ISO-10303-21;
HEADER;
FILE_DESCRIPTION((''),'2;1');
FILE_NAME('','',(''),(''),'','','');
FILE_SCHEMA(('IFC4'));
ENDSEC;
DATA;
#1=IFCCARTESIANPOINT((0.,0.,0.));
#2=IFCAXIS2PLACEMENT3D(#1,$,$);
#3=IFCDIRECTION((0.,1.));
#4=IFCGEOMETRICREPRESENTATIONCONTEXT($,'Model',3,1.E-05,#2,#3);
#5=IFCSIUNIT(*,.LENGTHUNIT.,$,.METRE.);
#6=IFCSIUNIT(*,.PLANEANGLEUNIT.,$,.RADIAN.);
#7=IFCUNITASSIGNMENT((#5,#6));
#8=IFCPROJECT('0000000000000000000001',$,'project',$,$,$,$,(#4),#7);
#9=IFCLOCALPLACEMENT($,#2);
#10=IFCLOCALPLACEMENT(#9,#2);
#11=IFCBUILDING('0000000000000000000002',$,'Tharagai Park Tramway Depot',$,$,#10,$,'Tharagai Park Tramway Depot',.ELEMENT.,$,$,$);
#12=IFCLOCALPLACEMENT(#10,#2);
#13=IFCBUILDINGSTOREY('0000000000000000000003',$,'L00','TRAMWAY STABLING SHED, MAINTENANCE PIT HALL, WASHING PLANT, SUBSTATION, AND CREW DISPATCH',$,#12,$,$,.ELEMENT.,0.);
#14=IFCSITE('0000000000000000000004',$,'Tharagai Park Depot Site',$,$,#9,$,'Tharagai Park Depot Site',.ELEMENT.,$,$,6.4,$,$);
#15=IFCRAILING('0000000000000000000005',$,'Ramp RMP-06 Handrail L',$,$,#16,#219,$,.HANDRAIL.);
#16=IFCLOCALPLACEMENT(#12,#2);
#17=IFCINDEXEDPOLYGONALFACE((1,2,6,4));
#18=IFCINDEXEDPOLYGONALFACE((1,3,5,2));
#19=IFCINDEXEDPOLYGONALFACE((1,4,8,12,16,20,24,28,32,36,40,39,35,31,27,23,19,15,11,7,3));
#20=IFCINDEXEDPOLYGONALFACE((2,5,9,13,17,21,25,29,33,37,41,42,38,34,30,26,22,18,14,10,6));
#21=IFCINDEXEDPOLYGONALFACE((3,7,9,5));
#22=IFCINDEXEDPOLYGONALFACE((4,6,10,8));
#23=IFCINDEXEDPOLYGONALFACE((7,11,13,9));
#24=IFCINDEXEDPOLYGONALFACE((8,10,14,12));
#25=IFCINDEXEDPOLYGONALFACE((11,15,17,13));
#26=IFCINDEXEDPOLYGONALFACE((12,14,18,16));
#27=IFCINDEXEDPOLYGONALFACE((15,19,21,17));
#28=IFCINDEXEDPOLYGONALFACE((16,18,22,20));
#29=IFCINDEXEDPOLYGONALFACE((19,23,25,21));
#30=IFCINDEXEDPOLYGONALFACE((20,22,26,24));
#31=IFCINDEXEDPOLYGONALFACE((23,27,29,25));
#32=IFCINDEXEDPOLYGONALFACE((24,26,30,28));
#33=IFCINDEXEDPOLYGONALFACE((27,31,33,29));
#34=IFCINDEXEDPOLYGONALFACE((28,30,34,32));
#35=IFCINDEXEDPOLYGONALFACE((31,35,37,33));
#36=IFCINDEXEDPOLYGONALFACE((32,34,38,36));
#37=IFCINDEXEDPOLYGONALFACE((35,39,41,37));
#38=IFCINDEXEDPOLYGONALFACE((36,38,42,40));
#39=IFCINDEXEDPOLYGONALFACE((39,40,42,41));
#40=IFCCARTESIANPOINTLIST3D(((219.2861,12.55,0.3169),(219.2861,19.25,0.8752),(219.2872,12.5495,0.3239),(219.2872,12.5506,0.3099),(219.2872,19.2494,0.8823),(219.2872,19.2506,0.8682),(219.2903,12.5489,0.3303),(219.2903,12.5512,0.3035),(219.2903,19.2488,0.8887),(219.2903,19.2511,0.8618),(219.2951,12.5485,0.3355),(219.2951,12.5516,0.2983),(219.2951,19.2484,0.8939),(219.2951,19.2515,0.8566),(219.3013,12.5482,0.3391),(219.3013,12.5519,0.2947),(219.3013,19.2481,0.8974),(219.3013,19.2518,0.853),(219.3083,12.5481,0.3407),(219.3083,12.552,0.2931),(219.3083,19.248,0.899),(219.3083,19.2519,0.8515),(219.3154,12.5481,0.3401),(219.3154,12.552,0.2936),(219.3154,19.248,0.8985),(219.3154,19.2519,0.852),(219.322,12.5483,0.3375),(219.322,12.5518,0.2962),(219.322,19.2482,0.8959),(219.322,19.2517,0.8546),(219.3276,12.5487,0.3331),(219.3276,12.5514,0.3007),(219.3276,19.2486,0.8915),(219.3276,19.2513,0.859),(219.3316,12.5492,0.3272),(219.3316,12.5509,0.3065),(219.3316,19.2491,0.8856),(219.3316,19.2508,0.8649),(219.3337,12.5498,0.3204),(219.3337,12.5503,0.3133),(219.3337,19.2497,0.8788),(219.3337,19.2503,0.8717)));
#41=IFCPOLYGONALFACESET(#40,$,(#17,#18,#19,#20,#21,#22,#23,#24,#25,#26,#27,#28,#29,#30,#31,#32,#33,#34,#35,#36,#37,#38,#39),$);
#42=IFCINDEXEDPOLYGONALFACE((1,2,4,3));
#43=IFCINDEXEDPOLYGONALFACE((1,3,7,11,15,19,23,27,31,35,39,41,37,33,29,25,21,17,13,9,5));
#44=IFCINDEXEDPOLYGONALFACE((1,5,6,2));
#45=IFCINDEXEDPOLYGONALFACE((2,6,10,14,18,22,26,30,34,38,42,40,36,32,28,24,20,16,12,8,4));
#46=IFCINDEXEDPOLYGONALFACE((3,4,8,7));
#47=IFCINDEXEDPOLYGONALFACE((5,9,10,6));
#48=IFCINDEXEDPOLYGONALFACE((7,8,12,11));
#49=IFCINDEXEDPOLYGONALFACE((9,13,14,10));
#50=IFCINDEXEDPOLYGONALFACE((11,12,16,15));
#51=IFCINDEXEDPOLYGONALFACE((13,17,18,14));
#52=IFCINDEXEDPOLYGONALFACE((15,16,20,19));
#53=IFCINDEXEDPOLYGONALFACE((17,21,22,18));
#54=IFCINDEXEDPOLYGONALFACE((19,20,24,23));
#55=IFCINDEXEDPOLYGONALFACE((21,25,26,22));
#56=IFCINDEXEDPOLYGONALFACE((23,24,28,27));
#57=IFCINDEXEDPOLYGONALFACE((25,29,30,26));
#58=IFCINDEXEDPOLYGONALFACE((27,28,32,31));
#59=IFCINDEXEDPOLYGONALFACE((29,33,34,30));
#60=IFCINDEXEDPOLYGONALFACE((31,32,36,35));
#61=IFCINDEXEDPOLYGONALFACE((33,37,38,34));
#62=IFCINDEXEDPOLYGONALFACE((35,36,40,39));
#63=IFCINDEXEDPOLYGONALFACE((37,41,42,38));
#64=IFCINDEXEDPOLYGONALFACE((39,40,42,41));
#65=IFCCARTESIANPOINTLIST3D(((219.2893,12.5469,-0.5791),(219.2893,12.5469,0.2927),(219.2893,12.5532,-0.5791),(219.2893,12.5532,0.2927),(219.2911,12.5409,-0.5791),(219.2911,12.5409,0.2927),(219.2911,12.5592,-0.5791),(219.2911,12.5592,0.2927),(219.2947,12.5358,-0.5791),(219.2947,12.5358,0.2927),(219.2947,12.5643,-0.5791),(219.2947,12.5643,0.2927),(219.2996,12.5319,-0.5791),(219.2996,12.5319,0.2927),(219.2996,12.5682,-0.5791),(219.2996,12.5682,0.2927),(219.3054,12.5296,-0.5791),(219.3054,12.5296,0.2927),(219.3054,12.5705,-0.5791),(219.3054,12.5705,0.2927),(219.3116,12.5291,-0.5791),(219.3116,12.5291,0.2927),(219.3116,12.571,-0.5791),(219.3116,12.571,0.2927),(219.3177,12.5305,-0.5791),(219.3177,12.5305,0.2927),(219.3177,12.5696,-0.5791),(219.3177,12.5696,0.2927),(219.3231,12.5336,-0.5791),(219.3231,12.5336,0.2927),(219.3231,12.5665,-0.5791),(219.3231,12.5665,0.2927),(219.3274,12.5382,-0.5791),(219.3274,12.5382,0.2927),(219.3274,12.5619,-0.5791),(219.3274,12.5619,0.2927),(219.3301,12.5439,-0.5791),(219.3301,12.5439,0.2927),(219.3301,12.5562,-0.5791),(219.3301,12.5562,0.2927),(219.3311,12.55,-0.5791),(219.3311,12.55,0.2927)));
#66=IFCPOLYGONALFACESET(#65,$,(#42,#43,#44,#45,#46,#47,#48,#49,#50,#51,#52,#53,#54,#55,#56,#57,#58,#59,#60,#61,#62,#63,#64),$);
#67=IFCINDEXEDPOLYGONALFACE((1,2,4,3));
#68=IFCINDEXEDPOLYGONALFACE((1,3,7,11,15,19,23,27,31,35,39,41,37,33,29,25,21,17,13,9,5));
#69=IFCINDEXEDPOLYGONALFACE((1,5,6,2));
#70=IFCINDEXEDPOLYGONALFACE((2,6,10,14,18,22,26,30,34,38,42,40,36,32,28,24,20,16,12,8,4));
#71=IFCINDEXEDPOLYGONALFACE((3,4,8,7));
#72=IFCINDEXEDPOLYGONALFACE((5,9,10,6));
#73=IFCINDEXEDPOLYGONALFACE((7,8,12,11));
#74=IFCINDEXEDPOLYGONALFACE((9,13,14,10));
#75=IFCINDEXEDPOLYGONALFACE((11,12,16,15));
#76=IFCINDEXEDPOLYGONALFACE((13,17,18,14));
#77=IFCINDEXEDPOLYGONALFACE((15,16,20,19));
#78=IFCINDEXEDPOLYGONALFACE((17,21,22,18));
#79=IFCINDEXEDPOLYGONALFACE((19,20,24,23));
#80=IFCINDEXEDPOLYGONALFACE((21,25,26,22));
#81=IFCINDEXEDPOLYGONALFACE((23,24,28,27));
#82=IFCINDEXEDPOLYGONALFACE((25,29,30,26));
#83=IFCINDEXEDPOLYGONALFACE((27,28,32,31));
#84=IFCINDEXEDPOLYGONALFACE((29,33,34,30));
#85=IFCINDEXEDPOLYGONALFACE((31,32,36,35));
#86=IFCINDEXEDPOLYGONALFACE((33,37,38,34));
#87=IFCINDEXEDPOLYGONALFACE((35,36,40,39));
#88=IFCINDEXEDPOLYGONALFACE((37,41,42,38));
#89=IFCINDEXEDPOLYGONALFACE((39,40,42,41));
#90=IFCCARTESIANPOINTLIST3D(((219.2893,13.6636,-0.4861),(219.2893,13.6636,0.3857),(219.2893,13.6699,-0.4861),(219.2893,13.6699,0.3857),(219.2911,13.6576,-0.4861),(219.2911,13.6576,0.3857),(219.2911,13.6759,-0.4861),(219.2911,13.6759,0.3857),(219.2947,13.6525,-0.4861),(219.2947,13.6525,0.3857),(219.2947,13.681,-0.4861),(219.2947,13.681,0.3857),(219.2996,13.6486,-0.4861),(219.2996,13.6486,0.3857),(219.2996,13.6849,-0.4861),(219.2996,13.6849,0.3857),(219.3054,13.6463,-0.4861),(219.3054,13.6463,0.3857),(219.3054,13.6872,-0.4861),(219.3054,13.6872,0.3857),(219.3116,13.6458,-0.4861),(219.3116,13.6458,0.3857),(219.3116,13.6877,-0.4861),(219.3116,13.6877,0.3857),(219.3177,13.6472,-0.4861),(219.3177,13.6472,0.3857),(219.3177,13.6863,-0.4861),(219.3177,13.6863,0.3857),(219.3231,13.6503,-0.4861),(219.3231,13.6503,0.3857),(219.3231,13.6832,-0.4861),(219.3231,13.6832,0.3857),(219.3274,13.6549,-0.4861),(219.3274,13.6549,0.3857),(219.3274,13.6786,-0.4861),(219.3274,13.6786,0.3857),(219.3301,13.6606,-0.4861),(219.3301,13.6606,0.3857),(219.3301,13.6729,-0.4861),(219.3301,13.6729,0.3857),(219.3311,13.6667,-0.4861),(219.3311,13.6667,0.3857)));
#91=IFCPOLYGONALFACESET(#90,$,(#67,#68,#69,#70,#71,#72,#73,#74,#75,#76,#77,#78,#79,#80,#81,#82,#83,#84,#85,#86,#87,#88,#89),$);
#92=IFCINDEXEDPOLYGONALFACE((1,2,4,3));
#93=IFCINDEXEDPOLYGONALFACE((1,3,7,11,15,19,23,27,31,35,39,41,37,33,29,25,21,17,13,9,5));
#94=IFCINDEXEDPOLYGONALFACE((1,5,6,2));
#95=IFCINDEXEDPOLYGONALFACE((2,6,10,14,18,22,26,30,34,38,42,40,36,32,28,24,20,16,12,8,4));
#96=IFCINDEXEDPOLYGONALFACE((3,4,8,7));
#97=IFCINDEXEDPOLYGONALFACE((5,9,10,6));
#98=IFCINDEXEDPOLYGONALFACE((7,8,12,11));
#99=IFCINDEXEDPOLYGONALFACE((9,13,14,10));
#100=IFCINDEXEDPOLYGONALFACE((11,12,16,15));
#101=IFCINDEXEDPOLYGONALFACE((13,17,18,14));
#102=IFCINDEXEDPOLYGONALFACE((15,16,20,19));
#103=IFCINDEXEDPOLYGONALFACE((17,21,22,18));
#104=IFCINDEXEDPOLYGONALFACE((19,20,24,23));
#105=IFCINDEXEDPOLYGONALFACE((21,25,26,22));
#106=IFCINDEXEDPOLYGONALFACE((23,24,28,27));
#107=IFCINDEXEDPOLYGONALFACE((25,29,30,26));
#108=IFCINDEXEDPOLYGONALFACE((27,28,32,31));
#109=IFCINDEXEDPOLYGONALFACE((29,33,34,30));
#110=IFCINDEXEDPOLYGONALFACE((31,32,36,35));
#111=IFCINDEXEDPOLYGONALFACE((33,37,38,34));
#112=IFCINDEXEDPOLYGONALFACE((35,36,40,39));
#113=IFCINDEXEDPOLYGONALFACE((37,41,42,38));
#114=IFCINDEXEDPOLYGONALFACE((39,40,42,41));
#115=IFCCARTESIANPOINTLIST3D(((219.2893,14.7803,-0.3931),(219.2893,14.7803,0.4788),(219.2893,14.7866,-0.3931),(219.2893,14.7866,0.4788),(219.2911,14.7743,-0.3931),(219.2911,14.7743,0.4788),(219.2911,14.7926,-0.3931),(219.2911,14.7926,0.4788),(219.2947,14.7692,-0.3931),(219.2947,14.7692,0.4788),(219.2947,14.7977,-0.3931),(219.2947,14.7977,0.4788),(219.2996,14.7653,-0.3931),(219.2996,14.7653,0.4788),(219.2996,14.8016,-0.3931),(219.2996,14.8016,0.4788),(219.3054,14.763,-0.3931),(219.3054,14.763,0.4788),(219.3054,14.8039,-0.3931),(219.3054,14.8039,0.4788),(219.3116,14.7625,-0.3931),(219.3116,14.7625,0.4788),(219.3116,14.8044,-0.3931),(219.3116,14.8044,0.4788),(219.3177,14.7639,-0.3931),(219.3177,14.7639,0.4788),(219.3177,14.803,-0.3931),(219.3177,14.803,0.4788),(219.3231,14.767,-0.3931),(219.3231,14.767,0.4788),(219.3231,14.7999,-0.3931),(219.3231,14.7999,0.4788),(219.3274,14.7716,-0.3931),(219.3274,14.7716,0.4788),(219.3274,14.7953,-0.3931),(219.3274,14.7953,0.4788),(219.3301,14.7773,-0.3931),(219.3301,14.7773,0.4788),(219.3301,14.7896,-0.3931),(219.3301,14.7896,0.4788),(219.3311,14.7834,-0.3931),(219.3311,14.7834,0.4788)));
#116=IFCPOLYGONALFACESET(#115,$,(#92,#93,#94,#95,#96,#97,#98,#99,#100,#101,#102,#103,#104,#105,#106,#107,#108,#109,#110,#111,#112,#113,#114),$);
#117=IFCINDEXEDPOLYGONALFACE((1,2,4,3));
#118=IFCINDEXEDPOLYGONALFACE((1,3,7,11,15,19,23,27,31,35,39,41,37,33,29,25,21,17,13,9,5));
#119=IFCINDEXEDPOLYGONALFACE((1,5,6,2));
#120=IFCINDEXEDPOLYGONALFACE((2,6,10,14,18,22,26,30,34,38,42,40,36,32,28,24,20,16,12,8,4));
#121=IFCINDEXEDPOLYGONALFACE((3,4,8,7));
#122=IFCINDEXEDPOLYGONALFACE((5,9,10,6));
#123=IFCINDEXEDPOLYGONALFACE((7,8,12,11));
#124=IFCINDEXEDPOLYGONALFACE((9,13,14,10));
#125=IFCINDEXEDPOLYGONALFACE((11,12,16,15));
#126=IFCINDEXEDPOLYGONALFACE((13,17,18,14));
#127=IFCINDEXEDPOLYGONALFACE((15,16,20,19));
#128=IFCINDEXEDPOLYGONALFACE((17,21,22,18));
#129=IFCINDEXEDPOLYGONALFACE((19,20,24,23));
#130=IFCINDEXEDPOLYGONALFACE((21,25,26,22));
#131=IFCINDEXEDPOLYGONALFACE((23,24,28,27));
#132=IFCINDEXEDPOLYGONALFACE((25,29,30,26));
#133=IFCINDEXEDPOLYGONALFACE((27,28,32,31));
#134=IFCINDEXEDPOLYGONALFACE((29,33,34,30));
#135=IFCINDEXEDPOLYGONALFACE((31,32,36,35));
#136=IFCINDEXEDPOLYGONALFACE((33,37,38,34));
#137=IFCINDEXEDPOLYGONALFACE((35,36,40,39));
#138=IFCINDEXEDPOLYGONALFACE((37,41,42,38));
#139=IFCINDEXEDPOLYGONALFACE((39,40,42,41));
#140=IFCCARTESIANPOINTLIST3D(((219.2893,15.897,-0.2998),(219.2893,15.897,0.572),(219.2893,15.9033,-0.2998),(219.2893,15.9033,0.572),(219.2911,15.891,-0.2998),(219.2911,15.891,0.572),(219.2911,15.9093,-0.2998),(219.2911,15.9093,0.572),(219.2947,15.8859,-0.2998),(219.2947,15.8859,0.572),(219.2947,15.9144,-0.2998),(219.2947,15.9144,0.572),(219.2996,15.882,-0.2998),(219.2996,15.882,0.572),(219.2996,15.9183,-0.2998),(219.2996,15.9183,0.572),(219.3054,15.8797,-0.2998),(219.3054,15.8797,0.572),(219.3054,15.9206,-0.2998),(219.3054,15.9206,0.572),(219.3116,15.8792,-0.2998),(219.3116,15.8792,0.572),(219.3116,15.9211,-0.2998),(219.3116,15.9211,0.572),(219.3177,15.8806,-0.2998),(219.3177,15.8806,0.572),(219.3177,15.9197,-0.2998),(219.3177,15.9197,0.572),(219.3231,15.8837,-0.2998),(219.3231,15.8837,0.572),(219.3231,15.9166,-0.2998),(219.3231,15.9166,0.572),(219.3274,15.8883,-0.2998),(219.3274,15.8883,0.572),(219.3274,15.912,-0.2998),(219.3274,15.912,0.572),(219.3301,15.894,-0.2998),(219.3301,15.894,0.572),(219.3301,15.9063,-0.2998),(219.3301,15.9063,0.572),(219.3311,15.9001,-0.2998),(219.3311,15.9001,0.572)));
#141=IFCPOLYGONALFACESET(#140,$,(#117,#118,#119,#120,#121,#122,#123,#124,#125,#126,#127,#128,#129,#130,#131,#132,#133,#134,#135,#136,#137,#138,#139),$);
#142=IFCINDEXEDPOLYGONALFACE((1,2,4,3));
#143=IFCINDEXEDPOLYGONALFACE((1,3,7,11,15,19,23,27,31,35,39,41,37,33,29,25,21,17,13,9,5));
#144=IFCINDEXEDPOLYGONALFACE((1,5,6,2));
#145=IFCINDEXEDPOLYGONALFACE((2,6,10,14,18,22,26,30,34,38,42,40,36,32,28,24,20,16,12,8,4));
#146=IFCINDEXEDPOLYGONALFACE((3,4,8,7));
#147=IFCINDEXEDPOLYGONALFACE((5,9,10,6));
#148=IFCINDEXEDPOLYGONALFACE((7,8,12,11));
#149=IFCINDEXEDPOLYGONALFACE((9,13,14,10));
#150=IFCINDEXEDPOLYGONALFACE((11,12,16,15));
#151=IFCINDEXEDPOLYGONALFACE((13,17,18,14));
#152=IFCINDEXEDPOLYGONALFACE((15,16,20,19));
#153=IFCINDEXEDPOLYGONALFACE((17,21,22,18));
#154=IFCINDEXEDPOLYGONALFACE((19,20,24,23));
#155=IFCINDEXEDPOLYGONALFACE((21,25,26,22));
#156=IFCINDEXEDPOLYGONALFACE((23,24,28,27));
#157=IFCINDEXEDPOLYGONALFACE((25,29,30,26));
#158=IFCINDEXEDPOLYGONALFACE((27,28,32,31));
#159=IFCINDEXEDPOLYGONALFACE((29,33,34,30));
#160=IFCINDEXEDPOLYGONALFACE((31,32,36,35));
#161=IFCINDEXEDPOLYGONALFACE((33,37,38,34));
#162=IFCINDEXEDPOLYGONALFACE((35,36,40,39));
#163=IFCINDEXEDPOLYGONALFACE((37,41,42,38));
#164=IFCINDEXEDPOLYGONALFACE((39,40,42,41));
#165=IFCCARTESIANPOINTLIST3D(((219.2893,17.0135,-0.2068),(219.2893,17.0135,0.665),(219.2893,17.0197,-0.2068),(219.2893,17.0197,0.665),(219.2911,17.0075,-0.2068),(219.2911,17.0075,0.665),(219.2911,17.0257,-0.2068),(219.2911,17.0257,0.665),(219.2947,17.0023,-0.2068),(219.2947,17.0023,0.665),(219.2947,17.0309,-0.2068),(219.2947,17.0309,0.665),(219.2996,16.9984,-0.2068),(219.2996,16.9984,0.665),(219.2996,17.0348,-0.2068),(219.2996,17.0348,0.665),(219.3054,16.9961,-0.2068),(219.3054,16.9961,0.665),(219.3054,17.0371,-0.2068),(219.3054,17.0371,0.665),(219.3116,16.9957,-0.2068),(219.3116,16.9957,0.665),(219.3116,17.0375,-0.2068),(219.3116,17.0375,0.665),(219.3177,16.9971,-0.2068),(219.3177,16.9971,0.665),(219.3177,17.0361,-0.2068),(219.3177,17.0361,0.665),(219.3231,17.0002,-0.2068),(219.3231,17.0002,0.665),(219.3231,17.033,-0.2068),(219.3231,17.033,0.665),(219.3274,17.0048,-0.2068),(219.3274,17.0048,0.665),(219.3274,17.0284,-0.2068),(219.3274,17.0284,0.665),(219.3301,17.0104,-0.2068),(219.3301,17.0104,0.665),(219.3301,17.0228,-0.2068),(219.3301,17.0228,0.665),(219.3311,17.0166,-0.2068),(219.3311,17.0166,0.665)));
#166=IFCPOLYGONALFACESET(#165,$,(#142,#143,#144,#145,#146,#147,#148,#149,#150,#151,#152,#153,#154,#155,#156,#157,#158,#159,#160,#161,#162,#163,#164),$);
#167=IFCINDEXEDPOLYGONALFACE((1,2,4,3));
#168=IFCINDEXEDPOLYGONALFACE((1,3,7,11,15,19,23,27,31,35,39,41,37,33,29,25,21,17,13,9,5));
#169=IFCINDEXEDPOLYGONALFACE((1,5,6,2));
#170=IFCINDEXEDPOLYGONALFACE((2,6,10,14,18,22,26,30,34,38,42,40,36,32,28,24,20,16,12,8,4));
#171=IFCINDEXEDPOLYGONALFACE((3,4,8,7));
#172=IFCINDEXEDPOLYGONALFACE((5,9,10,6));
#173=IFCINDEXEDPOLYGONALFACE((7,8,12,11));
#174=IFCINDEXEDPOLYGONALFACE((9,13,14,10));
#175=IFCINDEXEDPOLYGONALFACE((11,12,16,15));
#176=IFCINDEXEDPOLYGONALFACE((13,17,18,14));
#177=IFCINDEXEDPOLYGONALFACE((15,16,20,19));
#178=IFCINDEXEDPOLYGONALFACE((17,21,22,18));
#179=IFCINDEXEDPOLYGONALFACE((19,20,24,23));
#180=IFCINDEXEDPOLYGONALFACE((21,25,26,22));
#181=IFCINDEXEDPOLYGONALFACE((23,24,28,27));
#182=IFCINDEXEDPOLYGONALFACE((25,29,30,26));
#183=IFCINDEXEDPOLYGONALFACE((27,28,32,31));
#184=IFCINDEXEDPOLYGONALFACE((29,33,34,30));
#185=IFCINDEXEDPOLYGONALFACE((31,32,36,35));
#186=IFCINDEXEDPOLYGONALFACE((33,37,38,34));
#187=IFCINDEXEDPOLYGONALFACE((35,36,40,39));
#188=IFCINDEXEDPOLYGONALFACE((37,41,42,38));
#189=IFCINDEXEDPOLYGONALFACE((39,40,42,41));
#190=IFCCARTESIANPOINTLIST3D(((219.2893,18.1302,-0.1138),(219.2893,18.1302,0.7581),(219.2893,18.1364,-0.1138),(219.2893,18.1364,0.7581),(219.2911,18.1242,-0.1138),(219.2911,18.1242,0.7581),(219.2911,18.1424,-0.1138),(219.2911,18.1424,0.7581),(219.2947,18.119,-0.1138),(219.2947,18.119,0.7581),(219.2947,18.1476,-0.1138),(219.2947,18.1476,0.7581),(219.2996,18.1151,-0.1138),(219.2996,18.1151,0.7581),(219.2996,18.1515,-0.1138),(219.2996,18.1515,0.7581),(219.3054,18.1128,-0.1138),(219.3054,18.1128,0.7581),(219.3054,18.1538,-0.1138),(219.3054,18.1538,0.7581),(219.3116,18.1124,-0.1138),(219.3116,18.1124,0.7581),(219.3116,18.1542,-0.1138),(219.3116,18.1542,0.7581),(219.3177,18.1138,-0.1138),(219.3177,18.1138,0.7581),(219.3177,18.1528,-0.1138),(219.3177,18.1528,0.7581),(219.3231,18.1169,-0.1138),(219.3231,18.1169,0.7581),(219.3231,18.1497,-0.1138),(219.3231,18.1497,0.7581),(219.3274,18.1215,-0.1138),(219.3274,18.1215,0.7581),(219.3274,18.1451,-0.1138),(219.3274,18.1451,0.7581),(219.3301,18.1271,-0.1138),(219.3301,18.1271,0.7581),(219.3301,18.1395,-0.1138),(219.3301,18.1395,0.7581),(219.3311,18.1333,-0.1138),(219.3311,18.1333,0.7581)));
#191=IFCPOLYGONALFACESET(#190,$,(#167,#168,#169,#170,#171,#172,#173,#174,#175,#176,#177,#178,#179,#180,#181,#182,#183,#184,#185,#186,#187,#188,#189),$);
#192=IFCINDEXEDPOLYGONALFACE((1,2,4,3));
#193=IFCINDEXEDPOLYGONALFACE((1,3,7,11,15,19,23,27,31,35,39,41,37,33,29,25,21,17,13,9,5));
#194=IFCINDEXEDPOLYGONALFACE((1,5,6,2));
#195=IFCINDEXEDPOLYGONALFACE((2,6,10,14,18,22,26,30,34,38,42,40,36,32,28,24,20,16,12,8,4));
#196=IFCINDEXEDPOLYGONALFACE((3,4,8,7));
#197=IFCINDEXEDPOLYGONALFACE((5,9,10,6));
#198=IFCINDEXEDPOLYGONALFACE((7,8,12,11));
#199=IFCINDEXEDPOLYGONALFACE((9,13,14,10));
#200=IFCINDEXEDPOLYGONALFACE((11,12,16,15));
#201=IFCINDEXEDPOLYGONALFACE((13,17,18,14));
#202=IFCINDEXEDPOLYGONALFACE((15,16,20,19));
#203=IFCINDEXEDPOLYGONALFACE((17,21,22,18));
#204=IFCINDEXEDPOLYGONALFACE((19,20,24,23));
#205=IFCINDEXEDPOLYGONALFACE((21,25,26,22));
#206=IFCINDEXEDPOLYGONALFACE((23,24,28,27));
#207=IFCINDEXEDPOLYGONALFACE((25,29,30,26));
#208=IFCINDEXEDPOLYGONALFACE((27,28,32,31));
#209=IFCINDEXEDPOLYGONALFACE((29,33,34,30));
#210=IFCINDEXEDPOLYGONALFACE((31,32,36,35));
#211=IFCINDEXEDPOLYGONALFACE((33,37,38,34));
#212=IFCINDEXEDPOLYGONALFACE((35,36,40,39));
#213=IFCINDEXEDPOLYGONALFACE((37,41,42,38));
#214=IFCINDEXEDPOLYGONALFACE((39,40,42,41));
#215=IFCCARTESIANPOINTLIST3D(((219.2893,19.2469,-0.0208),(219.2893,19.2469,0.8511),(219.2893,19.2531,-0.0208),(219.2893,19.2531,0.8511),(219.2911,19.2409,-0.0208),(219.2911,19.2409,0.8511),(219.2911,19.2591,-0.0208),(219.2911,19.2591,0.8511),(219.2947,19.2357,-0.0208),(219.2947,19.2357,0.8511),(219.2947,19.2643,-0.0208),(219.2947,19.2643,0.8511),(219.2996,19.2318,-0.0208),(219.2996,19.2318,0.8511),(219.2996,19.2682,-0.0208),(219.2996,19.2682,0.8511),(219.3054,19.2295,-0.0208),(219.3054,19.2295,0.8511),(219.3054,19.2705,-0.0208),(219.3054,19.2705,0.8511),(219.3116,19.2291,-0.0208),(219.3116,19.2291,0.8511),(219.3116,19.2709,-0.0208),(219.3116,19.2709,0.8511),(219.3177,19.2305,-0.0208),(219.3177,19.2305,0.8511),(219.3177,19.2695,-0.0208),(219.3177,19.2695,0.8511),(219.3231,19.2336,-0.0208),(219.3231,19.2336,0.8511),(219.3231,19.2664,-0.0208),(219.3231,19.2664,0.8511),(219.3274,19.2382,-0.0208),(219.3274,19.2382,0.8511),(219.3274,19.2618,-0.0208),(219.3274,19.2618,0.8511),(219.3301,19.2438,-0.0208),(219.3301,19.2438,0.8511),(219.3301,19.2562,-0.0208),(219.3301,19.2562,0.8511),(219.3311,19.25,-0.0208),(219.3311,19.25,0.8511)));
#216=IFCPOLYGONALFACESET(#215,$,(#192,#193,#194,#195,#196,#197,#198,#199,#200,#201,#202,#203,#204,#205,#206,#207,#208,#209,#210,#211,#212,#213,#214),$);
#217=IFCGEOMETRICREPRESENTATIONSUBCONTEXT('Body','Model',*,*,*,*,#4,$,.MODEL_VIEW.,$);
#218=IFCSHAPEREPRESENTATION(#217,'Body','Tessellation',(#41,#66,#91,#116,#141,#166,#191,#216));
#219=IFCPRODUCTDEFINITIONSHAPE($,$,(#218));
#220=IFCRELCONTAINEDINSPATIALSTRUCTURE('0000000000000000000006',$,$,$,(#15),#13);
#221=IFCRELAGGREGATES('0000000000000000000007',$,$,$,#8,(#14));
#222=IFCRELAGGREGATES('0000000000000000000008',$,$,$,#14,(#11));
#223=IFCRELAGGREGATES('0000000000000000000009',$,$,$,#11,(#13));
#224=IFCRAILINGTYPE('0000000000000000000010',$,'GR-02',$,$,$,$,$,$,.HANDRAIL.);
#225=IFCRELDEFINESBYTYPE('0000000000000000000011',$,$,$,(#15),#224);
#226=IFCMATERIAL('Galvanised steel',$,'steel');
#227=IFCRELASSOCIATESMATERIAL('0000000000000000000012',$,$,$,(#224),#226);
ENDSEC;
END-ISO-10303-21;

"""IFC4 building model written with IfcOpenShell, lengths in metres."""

from ifc_helpers import new_model, si_unit, direction, frame, origin, origin_2d, place, context, subcontext, project, spatial, circle, extrude, material, type_object, element, save


model = new_model("IFC4")

# Units and contexts
model_context = context("Model", 3, precision=1e-05, world=origin(), true_north=direction((0.0, 1.0)))
body_context = subcontext(model_context, "Body", "Model", "MODEL_VIEW")
ifc_project = project(units=[si_unit("LENGTHUNIT", "METRE"), si_unit("PLANEANGLEUNIT", "RADIAN")], contexts=[model_context])

# Site, building, storey
site_placement = place(None, origin())
site = spatial("IfcSite", under=ifc_project, at=site_placement, Name="Tharagai Park Depot Site", LongName="Tharagai Park Depot Site", CompositionType="ELEMENT", RefElevation=6.4)
building_placement = place(site_placement, origin())
building = spatial("IfcBuilding", under=site, at=building_placement, Name="Tharagai Park Tramway Depot", LongName="Tharagai Park Tramway Depot", CompositionType="ELEMENT")
storey_placement = place(building_placement, origin())
storey = spatial("IfcBuildingStorey", under=building, at=storey_placement, Name="L00", Description="TRAMWAY STABLING SHED, MAINTENANCE PIT HALL, WASHING PLANT, SUBSTATION, AND CREW DISPATCH", CompositionType="ELEMENT", Elevation=0.0)

# Railing
ifc_material_1 = material(Name="Galvanised steel", Category="steel")
railing_type = type_object("IfcRailingType", Name="GR-02", PredefinedType="HANDRAIL", material=ifc_material_1)
railing_placement = place(storey_placement, frame((219.3101, 12.55, -0.5791)))
element("IfcRailing", 1, at=railing_placement, inside=storey, type_object=railing_type, Name="Ramp RMP-06 Handrail L", PredefinedType="HANDRAIL", context=body_context, shape_type="SweptSolid", body=[
    extrude(circle(Radius=0.0239, at=origin_2d()), frame((0.0, 0.0, 0.896), z_axis=(0.0, 0.996546, 0.083048), x_axis=(-1.0, 0.0, 0.0)), (0.0, 0.0, 1.0), 6.7231),
    extrude(circle(Radius=0.021, at=origin_2d()), origin(), (0.0, 0.0, 1.0), 0.8718),
    extrude(circle(Radius=0.021, at=origin_2d()), frame((0.0, 1.1167, 0.093)), (0.0, 0.0, 1.0), 0.8718),
    extrude(circle(Radius=0.021, at=origin_2d()), frame((0.0, 2.2334, 0.186)), (0.0, 0.0, 1.0), 0.8718),
    extrude(circle(Radius=0.021, at=origin_2d()), frame((0.0, 3.3501, 0.2793)), (0.0, 0.0, 1.0), 0.8718),
    extrude(circle(Radius=0.021, at=origin_2d()), frame((0.0, 4.4666, 0.3723)), (0.0, 0.0, 1.0), 0.8718),
    extrude(circle(Radius=0.021, at=origin_2d()), frame((0.0, 5.5833, 0.4653)), (0.0, 0.0, 1.0), 0.8718),
    extrude(circle(Radius=0.021, at=origin_2d()), frame((0.0, 6.7, 0.5583)), (0.0, 0.0, 1.0), 0.8718),
])

save(model, "model.ifc")
